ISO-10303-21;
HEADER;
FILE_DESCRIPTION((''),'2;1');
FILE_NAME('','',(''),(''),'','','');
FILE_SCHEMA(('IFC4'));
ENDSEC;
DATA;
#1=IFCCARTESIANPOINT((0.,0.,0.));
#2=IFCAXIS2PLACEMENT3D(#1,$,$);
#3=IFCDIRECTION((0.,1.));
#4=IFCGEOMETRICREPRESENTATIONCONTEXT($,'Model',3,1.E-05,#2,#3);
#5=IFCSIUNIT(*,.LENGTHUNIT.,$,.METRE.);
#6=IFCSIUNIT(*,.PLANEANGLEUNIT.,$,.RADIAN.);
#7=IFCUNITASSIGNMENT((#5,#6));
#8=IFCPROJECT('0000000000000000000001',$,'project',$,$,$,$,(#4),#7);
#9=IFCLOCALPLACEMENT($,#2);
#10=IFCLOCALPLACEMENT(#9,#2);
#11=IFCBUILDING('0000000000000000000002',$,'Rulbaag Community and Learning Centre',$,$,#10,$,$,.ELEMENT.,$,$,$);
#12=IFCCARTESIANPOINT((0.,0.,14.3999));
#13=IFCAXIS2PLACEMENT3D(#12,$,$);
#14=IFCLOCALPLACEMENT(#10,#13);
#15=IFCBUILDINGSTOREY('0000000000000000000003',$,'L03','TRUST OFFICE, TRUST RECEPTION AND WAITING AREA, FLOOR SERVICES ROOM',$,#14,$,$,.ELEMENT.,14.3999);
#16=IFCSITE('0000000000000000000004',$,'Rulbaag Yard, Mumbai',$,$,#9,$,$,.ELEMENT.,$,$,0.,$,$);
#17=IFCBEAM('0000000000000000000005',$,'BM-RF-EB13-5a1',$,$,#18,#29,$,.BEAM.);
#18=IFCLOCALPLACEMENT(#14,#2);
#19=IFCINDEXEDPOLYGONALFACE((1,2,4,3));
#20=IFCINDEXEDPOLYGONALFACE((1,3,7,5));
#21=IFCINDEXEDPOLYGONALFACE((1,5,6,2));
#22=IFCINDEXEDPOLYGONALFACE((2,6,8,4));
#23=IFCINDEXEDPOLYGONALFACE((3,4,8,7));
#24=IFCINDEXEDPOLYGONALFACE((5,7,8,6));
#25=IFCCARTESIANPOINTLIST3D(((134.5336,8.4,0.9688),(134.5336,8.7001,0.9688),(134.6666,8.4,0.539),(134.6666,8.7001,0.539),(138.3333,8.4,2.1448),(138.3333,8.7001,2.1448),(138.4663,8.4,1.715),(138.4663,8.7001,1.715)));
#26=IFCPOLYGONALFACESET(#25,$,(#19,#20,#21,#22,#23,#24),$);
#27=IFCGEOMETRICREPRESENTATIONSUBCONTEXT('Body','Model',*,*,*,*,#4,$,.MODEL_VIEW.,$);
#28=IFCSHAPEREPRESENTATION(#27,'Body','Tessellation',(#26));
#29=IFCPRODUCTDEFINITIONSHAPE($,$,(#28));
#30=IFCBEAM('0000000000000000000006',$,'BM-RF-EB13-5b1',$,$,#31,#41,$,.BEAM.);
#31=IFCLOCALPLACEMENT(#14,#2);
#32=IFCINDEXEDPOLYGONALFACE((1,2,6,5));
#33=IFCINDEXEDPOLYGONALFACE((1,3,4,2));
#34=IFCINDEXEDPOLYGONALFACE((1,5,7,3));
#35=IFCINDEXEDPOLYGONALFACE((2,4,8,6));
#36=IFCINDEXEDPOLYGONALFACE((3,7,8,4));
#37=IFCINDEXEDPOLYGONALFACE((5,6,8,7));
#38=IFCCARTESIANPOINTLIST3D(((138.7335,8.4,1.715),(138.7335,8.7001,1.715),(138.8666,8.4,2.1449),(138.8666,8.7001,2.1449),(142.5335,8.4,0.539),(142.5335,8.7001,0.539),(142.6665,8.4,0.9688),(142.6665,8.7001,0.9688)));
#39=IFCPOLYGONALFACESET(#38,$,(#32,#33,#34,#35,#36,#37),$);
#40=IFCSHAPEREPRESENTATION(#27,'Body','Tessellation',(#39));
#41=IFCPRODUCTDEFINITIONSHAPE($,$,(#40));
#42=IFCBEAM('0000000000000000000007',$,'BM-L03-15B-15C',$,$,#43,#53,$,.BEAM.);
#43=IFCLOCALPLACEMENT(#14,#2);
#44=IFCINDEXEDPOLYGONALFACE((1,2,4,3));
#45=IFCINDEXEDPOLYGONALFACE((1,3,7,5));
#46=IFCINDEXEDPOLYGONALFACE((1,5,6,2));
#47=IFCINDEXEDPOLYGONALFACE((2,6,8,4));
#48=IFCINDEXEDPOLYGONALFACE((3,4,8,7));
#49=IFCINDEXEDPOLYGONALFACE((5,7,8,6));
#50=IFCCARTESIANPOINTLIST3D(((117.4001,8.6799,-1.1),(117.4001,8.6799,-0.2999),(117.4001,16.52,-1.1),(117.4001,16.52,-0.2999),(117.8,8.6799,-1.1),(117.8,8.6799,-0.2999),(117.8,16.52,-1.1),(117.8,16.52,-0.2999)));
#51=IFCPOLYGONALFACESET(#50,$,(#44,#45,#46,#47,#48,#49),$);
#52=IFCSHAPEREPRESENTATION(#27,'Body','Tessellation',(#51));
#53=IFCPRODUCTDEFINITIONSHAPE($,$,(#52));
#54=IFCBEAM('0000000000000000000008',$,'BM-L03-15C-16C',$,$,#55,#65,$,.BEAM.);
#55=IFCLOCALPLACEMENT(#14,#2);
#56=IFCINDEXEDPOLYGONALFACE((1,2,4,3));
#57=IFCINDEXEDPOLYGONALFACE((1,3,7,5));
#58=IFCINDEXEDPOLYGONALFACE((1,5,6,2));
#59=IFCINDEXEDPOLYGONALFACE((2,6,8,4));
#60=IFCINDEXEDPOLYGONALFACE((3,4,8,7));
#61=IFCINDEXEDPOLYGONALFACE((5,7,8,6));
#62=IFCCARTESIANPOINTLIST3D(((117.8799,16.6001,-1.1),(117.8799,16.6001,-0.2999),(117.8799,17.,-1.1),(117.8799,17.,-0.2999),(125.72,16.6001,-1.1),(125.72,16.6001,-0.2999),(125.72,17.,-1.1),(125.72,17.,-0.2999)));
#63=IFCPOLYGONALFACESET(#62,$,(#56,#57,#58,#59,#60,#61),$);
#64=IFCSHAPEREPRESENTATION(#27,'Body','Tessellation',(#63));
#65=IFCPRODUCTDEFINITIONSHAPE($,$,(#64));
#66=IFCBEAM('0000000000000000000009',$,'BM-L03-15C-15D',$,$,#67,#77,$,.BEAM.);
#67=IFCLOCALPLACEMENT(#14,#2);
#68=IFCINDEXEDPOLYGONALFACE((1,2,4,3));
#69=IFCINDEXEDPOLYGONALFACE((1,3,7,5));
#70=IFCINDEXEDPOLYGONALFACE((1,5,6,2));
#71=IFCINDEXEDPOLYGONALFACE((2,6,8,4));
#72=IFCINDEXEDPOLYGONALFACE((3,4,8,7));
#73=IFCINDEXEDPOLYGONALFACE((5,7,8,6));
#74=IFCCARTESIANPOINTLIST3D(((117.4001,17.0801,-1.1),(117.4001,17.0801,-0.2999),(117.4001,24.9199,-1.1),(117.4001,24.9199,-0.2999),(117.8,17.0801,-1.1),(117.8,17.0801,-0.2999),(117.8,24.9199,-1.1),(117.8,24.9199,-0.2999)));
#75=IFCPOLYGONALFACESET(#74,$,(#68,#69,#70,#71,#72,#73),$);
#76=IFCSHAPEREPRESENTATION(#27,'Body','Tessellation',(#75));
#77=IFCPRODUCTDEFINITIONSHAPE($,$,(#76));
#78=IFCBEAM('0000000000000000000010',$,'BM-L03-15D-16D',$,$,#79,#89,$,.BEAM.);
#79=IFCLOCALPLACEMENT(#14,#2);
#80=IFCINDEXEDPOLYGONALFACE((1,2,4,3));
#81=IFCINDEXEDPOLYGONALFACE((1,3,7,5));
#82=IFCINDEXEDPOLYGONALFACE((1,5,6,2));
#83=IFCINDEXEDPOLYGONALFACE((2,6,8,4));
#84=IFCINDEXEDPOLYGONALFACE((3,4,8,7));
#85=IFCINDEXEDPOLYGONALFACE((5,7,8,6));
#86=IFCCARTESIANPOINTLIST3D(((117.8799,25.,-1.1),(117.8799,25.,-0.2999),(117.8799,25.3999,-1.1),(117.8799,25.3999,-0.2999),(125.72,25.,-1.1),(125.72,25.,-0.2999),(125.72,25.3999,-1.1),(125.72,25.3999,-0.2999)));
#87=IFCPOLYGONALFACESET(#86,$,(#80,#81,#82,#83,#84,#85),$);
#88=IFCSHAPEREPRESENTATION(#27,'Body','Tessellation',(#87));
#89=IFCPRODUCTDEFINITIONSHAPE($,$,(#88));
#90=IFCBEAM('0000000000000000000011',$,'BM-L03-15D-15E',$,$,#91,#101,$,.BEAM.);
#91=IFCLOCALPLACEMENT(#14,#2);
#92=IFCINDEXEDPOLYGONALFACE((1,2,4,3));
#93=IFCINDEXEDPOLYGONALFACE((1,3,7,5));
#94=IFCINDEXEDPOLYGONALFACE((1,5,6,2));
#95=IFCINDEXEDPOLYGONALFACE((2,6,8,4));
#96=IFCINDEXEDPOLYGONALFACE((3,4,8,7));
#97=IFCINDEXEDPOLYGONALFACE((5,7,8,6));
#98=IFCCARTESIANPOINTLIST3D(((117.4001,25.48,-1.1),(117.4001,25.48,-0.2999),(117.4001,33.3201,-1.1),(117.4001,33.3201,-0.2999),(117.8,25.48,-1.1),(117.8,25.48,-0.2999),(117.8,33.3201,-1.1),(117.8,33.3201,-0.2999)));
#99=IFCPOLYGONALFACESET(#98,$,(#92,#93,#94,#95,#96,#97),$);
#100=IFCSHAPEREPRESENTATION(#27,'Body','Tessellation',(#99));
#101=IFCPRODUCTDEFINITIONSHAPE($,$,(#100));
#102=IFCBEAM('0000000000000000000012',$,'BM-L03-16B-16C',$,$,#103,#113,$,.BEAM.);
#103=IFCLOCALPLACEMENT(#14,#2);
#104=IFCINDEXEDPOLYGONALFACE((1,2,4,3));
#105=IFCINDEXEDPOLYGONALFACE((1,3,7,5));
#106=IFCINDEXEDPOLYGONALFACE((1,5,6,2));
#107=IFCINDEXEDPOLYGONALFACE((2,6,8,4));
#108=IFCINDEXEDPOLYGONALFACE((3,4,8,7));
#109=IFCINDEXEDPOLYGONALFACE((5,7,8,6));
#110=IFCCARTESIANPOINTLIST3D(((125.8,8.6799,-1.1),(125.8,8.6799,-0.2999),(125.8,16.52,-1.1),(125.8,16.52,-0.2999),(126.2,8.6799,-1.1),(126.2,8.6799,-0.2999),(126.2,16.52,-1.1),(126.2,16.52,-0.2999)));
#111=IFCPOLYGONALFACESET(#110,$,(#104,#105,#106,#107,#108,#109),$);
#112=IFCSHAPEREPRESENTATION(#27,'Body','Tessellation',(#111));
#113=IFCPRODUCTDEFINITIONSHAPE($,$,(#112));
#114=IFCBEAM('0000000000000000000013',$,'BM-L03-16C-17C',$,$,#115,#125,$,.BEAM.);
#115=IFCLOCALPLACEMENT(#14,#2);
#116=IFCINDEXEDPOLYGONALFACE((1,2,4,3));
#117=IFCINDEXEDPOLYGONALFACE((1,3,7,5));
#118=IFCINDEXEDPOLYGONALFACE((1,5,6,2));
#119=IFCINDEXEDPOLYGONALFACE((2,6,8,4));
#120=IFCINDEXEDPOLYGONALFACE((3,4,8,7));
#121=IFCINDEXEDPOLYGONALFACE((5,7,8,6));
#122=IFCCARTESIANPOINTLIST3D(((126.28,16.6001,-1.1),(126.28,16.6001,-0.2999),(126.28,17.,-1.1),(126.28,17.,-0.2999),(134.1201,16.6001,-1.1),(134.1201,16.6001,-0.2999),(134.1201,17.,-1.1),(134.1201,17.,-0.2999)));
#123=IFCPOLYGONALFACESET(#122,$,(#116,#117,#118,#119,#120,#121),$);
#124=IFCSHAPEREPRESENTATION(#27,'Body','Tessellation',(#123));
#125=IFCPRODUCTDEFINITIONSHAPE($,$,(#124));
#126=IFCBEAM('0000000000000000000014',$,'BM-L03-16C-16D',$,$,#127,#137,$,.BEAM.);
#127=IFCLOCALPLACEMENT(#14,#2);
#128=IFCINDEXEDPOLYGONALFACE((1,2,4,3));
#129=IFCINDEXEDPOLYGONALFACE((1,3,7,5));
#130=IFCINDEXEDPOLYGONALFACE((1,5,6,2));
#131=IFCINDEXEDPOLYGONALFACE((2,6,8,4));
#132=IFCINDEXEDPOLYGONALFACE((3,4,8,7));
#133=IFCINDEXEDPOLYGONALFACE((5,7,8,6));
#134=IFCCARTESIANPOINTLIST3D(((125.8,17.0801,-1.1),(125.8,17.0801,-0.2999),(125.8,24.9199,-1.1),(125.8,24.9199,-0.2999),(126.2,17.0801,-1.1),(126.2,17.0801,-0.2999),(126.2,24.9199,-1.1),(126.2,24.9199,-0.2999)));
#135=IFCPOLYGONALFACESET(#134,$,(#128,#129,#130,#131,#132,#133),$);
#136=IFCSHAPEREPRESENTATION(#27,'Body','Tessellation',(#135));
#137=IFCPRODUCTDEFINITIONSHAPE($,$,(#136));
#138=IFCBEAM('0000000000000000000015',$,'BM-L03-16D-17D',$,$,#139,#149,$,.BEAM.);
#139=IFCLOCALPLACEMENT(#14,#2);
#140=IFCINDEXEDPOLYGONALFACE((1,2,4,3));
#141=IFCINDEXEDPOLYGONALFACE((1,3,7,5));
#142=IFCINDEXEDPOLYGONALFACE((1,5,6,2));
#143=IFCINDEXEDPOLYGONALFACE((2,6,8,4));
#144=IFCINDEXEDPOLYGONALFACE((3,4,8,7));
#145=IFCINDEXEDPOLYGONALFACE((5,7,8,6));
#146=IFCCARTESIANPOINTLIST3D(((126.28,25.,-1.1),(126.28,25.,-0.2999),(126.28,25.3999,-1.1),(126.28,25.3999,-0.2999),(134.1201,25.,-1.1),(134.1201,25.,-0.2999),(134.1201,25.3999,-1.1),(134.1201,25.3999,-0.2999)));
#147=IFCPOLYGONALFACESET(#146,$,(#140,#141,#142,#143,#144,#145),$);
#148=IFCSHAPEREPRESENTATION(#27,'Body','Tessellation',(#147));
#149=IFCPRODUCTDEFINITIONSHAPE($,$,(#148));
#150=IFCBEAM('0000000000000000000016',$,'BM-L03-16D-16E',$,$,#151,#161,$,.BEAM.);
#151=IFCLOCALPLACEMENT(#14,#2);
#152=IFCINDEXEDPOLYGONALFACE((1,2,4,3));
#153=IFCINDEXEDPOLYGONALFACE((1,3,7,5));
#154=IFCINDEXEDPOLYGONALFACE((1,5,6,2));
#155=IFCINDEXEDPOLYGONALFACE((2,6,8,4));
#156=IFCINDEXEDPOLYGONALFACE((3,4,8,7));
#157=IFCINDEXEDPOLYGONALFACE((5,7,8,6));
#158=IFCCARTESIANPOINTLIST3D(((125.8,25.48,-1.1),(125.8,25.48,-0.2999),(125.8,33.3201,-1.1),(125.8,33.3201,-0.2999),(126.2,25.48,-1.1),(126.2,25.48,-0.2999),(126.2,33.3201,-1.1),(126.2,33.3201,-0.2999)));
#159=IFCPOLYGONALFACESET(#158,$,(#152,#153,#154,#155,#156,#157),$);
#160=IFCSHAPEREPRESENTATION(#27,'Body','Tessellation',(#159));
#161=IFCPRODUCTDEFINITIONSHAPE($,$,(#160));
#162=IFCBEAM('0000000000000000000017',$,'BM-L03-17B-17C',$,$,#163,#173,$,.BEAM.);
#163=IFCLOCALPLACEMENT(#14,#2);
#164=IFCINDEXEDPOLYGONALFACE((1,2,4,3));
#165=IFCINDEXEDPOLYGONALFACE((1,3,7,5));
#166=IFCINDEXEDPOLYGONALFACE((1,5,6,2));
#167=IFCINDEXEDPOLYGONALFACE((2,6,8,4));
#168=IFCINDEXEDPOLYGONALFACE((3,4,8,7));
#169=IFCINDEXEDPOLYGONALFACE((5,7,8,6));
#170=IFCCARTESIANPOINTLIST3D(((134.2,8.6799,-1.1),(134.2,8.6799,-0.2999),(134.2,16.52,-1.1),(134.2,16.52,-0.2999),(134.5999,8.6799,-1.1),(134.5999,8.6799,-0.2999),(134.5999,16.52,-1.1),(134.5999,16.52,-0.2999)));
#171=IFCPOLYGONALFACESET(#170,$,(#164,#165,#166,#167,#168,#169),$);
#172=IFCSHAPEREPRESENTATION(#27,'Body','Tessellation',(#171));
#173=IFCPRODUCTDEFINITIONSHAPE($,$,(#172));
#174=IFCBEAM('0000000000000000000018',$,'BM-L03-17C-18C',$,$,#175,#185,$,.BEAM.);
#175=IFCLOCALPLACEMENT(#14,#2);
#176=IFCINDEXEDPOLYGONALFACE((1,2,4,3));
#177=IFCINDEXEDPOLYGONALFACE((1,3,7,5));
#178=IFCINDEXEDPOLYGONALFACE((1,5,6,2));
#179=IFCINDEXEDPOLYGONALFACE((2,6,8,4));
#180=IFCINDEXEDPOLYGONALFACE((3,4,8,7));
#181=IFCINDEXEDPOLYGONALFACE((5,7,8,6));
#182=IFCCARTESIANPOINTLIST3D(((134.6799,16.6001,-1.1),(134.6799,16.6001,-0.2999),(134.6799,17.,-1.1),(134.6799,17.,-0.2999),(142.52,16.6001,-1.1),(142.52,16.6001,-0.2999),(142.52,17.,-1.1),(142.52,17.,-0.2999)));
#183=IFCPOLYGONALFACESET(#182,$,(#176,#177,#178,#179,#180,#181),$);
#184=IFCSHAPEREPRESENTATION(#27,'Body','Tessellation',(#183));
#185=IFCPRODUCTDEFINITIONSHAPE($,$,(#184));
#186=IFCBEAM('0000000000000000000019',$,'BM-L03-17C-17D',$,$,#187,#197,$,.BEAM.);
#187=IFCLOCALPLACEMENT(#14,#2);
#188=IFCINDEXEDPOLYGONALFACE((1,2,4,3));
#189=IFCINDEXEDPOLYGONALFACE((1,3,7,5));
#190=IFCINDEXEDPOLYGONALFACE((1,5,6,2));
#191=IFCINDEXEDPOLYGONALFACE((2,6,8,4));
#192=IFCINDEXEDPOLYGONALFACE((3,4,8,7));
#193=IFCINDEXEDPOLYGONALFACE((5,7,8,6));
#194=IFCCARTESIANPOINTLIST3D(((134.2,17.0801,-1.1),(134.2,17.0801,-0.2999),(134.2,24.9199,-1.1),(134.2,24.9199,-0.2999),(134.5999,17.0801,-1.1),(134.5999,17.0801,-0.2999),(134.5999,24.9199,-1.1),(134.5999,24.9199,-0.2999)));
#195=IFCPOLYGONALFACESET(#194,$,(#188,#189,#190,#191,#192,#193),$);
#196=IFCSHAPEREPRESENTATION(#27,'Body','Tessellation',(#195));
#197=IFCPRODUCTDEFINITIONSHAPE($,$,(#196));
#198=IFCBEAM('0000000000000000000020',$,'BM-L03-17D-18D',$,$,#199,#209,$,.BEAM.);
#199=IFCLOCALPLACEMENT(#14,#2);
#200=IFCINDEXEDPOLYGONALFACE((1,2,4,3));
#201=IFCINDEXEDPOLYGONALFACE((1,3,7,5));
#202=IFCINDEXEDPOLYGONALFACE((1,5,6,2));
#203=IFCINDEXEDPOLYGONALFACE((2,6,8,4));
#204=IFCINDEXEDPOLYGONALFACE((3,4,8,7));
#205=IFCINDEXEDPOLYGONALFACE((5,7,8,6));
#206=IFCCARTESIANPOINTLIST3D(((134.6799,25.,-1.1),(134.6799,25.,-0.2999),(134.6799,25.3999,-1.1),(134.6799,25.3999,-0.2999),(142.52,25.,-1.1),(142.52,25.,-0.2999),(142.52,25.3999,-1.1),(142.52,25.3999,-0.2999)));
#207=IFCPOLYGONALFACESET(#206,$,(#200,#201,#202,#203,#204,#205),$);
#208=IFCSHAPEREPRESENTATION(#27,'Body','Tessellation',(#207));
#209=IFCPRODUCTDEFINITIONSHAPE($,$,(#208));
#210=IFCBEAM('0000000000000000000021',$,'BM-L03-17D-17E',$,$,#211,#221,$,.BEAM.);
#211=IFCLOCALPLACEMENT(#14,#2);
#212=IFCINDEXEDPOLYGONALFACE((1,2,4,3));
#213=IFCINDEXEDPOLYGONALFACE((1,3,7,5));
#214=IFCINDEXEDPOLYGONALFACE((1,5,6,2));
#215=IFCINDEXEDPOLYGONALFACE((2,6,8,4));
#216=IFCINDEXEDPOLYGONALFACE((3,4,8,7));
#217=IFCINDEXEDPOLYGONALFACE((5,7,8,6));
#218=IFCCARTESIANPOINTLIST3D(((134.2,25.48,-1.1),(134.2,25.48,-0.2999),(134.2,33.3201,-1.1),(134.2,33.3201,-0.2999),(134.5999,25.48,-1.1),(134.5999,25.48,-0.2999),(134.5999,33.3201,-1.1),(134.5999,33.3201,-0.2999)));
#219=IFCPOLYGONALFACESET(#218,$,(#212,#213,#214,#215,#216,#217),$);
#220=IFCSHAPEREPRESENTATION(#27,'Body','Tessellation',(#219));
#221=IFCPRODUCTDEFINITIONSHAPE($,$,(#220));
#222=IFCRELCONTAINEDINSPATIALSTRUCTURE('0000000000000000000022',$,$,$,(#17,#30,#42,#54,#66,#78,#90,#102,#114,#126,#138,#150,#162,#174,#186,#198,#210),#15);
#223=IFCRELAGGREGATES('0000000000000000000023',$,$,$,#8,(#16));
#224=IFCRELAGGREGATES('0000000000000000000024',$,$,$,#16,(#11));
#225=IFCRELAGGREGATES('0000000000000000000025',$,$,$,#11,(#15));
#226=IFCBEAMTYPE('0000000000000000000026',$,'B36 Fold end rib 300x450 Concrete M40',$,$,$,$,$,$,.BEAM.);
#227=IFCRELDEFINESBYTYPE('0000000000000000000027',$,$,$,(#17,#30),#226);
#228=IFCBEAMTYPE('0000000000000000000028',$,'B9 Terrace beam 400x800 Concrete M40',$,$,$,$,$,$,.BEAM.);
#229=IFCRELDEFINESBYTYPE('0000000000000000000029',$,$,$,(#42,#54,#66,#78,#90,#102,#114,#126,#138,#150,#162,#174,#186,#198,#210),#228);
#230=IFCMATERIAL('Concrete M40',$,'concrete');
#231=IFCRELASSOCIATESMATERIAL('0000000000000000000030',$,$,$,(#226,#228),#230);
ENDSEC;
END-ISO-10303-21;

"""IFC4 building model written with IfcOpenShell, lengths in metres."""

from ifc_helpers import new_model, si_unit, direction, frame, origin, origin_2d, place, context, subcontext, project, spatial, rectangle, extrude, material, material_profile, profile_set, type_object, element, save


model = new_model("IFC4")

# Units and contexts
model_context = context("Model", 3, precision=1e-05, world=origin(), true_north=direction((0.0, 1.0)))
body_context = subcontext(model_context, "Body", "Model", "MODEL_VIEW")
ifc_project = project(units=[si_unit("LENGTHUNIT", "METRE"), si_unit("PLANEANGLEUNIT", "RADIAN")], contexts=[model_context])

# Site, building, storey
site_placement = place(None, origin())
site = spatial("IfcSite", under=ifc_project, at=site_placement, Name="Rulbaag Yard, Mumbai", CompositionType="ELEMENT", RefElevation=0.0)
building_placement = place(site_placement, origin())
building = spatial("IfcBuilding", under=site, at=building_placement, Name="Rulbaag Community and Learning Centre", CompositionType="ELEMENT")
storey_placement = place(building_placement, frame((0.0, 0.0, 14.3999)))
storey = spatial("IfcBuildingStorey", under=building, at=storey_placement, Name="L03", Description="TRUST OFFICE, TRUST RECEPTION AND WAITING AREA, FLOOR SERVICES ROOM", CompositionType="ELEMENT", Elevation=14.3999)

# Beams
ifc_material = material(Name="Concrete M40", Category="concrete")
ifc_material_profile_1 = material_profile(ifc_material, rectangle(XDim=0.3, YDim=0.45, at=origin_2d()), Name="RB300x450")
ifc_profile_set_1 = profile_set([ifc_material_profile_1], Name="Concrete M40")
beam_type_1 = type_object("IfcBeamType", Name="B36 Fold end rib 300x450 Concrete M40", PredefinedType="BEAM", material=ifc_profile_set_1)
beam_1_placement = place(storey_placement, frame((134.6001, 8.55, 0.7539), z_axis=(0.955293, 0.0, 0.29566), x_axis=(0.0, 1.0, 0.0)))
element("IfcBeam", 1, at=beam_1_placement, inside=storey, type_object=beam_type_1, Name="BM-RF-EB13-5a1", PredefinedType="BEAM", context=body_context, shape_type="SweptSolid", body=[
    extrude(rectangle(XDim=0.3, YDim=0.45, at=origin_2d()), origin(), (0.0, 0.0, 1.0), 3.9775),
])
beam_2_placement = place(storey_placement, frame((138.8, 8.55, 1.9299), z_axis=(0.955299, 0.0, -0.295642), x_axis=(0.0, 1.0, 0.0)))
element("IfcBeam", 2, at=beam_2_placement, inside=storey, type_object=beam_type_1, Name="BM-RF-EB13-5b1", PredefinedType="BEAM", context=body_context, shape_type="SweptSolid", body=[
    extrude(rectangle(XDim=0.3, YDim=0.45, at=origin_2d()), origin(), (0.0, 0.0, 1.0), 3.9778),
])
ifc_material_profile_2 = material_profile(ifc_material, rectangle(XDim=0.3999, YDim=0.8, at=origin_2d()), Name="RB400x800")
ifc_profile_set_2 = profile_set([ifc_material_profile_2], Name="Concrete M40")
beam_type_2 = type_object("IfcBeamType", Name="B9 Terrace beam 400x800 Concrete M40", PredefinedType="BEAM", material=ifc_profile_set_2)
for number, where, z_axis, x_axis, name in (
    (3, (117.6001, 8.6799, -0.7), (0.0, 1.0, 0.0), (-1.0, 0.0, 0.0), "BM-L03-15B-15C"),
    (4, (117.8799, 16.8, -0.7), (1.0, 0.0, 0.0), (0.0, 1.0, 0.0), "BM-L03-15C-16C"),
):
    element("IfcBeam", number, at=place(storey_placement, frame(where, z_axis=z_axis, x_axis=x_axis)), inside=storey, type_object=beam_type_2, Name=name, PredefinedType="BEAM", context=body_context, shape_type="SweptSolid", body=[
        extrude(rectangle(XDim=0.3999, YDim=0.8, at=origin_2d()), origin(), (0.0, 0.0, 1.0), 7.8401),
    ])
beam_3_placement = place(storey_placement, frame((117.6001, 17.0801, -0.7), z_axis=(0.0, 1.0, 0.0), x_axis=(-1.0, 0.0, 0.0)))
element("IfcBeam", 5, at=beam_3_placement, inside=storey, type_object=beam_type_2, Name="BM-L03-15C-15D", PredefinedType="BEAM", context=body_context, shape_type="SweptSolid", body=[
    extrude(rectangle(XDim=0.3999, YDim=0.8, at=origin_2d()), origin(), (0.0, 0.0, 1.0), 7.8398),
])
for number, where, z_axis, x_axis, name in (
    (6, (117.8799, 25.2, -0.7), (1.0, 0.0, 0.0), (0.0, 1.0, 0.0), "BM-L03-15D-16D"),
    (7, (117.6001, 25.48, -0.7), (0.0, 1.0, 0.0), (-1.0, 0.0, 0.0), "BM-L03-15D-15E"),
    (8, (126.0, 8.6799, -0.7), (0.0, 1.0, 0.0), (-1.0, 0.0, 0.0), "BM-L03-16B-16C"),
    (9, (126.28, 16.8, -0.7), (1.0, 0.0, 0.0), (0.0, 1.0, 0.0), "BM-L03-16C-17C"),
):
    element("IfcBeam", number, at=place(storey_placement, frame(where, z_axis=z_axis, x_axis=x_axis)), inside=storey, type_object=beam_type_2, Name=name, PredefinedType="BEAM", context=body_context, shape_type="SweptSolid", body=[
        extrude(rectangle(XDim=0.3999, YDim=0.8, at=origin_2d()), origin(), (0.0, 0.0, 1.0), 7.8401),
    ])
beam_4_placement = place(storey_placement, frame((126.0, 17.0801, -0.7), z_axis=(0.0, 1.0, 0.0), x_axis=(-1.0, 0.0, 0.0)))
element("IfcBeam", 10, at=beam_4_placement, inside=storey, type_object=beam_type_2, Name="BM-L03-16C-16D", PredefinedType="BEAM", context=body_context, shape_type="SweptSolid", body=[
    extrude(rectangle(XDim=0.3999, YDim=0.8, at=origin_2d()), origin(), (0.0, 0.0, 1.0), 7.8398),
])
for number, where, z_axis, x_axis, name in (
    (11, (126.28, 25.2, -0.7), (1.0, 0.0, 0.0), (0.0, 1.0, 0.0), "BM-L03-16D-17D"),
    (12, (126.0, 25.48, -0.7), (0.0, 1.0, 0.0), (-1.0, 0.0, 0.0), "BM-L03-16D-16E"),
    (13, (134.3999, 8.6799, -0.7), (0.0, 1.0, 0.0), (-1.0, 0.0, 0.0), "BM-L03-17B-17C"),
    (14, (134.6799, 16.8, -0.7), (1.0, 0.0, 0.0), (0.0, 1.0, 0.0), "BM-L03-17C-18C"),
):
    element("IfcBeam", number, at=place(storey_placement, frame(where, z_axis=z_axis, x_axis=x_axis)), inside=storey, type_object=beam_type_2, Name=name, PredefinedType="BEAM", context=body_context, shape_type="SweptSolid", body=[
        extrude(rectangle(XDim=0.3999, YDim=0.8, at=origin_2d()), origin(), (0.0, 0.0, 1.0), 7.8401),
    ])
beam_5_placement = place(storey_placement, frame((134.3999, 17.0801, -0.7), z_axis=(0.0, 1.0, 0.0), x_axis=(-1.0, 0.0, 0.0)))
element("IfcBeam", 15, at=beam_5_placement, inside=storey, type_object=beam_type_2, Name="BM-L03-17C-17D", PredefinedType="BEAM", context=body_context, shape_type="SweptSolid", body=[
    extrude(rectangle(XDim=0.3999, YDim=0.8, at=origin_2d()), origin(), (0.0, 0.0, 1.0), 7.8398),
])
for number, where, z_axis, x_axis, name in (
    (16, (134.6799, 25.2, -0.7), (1.0, 0.0, 0.0), (0.0, 1.0, 0.0), "BM-L03-17D-18D"),
    (17, (134.3999, 25.48, -0.7), (0.0, 1.0, 0.0), (-1.0, 0.0, 0.0), "BM-L03-17D-17E"),
):
    element("IfcBeam", number, at=place(storey_placement, frame(where, z_axis=z_axis, x_axis=x_axis)), inside=storey, type_object=beam_type_2, Name=name, PredefinedType="BEAM", context=body_context, shape_type="SweptSolid", body=[
        extrude(rectangle(XDim=0.3999, YDim=0.8, at=origin_2d()), origin(), (0.0, 0.0, 1.0), 7.8401),
    ])

save(model, "model.ifc")
